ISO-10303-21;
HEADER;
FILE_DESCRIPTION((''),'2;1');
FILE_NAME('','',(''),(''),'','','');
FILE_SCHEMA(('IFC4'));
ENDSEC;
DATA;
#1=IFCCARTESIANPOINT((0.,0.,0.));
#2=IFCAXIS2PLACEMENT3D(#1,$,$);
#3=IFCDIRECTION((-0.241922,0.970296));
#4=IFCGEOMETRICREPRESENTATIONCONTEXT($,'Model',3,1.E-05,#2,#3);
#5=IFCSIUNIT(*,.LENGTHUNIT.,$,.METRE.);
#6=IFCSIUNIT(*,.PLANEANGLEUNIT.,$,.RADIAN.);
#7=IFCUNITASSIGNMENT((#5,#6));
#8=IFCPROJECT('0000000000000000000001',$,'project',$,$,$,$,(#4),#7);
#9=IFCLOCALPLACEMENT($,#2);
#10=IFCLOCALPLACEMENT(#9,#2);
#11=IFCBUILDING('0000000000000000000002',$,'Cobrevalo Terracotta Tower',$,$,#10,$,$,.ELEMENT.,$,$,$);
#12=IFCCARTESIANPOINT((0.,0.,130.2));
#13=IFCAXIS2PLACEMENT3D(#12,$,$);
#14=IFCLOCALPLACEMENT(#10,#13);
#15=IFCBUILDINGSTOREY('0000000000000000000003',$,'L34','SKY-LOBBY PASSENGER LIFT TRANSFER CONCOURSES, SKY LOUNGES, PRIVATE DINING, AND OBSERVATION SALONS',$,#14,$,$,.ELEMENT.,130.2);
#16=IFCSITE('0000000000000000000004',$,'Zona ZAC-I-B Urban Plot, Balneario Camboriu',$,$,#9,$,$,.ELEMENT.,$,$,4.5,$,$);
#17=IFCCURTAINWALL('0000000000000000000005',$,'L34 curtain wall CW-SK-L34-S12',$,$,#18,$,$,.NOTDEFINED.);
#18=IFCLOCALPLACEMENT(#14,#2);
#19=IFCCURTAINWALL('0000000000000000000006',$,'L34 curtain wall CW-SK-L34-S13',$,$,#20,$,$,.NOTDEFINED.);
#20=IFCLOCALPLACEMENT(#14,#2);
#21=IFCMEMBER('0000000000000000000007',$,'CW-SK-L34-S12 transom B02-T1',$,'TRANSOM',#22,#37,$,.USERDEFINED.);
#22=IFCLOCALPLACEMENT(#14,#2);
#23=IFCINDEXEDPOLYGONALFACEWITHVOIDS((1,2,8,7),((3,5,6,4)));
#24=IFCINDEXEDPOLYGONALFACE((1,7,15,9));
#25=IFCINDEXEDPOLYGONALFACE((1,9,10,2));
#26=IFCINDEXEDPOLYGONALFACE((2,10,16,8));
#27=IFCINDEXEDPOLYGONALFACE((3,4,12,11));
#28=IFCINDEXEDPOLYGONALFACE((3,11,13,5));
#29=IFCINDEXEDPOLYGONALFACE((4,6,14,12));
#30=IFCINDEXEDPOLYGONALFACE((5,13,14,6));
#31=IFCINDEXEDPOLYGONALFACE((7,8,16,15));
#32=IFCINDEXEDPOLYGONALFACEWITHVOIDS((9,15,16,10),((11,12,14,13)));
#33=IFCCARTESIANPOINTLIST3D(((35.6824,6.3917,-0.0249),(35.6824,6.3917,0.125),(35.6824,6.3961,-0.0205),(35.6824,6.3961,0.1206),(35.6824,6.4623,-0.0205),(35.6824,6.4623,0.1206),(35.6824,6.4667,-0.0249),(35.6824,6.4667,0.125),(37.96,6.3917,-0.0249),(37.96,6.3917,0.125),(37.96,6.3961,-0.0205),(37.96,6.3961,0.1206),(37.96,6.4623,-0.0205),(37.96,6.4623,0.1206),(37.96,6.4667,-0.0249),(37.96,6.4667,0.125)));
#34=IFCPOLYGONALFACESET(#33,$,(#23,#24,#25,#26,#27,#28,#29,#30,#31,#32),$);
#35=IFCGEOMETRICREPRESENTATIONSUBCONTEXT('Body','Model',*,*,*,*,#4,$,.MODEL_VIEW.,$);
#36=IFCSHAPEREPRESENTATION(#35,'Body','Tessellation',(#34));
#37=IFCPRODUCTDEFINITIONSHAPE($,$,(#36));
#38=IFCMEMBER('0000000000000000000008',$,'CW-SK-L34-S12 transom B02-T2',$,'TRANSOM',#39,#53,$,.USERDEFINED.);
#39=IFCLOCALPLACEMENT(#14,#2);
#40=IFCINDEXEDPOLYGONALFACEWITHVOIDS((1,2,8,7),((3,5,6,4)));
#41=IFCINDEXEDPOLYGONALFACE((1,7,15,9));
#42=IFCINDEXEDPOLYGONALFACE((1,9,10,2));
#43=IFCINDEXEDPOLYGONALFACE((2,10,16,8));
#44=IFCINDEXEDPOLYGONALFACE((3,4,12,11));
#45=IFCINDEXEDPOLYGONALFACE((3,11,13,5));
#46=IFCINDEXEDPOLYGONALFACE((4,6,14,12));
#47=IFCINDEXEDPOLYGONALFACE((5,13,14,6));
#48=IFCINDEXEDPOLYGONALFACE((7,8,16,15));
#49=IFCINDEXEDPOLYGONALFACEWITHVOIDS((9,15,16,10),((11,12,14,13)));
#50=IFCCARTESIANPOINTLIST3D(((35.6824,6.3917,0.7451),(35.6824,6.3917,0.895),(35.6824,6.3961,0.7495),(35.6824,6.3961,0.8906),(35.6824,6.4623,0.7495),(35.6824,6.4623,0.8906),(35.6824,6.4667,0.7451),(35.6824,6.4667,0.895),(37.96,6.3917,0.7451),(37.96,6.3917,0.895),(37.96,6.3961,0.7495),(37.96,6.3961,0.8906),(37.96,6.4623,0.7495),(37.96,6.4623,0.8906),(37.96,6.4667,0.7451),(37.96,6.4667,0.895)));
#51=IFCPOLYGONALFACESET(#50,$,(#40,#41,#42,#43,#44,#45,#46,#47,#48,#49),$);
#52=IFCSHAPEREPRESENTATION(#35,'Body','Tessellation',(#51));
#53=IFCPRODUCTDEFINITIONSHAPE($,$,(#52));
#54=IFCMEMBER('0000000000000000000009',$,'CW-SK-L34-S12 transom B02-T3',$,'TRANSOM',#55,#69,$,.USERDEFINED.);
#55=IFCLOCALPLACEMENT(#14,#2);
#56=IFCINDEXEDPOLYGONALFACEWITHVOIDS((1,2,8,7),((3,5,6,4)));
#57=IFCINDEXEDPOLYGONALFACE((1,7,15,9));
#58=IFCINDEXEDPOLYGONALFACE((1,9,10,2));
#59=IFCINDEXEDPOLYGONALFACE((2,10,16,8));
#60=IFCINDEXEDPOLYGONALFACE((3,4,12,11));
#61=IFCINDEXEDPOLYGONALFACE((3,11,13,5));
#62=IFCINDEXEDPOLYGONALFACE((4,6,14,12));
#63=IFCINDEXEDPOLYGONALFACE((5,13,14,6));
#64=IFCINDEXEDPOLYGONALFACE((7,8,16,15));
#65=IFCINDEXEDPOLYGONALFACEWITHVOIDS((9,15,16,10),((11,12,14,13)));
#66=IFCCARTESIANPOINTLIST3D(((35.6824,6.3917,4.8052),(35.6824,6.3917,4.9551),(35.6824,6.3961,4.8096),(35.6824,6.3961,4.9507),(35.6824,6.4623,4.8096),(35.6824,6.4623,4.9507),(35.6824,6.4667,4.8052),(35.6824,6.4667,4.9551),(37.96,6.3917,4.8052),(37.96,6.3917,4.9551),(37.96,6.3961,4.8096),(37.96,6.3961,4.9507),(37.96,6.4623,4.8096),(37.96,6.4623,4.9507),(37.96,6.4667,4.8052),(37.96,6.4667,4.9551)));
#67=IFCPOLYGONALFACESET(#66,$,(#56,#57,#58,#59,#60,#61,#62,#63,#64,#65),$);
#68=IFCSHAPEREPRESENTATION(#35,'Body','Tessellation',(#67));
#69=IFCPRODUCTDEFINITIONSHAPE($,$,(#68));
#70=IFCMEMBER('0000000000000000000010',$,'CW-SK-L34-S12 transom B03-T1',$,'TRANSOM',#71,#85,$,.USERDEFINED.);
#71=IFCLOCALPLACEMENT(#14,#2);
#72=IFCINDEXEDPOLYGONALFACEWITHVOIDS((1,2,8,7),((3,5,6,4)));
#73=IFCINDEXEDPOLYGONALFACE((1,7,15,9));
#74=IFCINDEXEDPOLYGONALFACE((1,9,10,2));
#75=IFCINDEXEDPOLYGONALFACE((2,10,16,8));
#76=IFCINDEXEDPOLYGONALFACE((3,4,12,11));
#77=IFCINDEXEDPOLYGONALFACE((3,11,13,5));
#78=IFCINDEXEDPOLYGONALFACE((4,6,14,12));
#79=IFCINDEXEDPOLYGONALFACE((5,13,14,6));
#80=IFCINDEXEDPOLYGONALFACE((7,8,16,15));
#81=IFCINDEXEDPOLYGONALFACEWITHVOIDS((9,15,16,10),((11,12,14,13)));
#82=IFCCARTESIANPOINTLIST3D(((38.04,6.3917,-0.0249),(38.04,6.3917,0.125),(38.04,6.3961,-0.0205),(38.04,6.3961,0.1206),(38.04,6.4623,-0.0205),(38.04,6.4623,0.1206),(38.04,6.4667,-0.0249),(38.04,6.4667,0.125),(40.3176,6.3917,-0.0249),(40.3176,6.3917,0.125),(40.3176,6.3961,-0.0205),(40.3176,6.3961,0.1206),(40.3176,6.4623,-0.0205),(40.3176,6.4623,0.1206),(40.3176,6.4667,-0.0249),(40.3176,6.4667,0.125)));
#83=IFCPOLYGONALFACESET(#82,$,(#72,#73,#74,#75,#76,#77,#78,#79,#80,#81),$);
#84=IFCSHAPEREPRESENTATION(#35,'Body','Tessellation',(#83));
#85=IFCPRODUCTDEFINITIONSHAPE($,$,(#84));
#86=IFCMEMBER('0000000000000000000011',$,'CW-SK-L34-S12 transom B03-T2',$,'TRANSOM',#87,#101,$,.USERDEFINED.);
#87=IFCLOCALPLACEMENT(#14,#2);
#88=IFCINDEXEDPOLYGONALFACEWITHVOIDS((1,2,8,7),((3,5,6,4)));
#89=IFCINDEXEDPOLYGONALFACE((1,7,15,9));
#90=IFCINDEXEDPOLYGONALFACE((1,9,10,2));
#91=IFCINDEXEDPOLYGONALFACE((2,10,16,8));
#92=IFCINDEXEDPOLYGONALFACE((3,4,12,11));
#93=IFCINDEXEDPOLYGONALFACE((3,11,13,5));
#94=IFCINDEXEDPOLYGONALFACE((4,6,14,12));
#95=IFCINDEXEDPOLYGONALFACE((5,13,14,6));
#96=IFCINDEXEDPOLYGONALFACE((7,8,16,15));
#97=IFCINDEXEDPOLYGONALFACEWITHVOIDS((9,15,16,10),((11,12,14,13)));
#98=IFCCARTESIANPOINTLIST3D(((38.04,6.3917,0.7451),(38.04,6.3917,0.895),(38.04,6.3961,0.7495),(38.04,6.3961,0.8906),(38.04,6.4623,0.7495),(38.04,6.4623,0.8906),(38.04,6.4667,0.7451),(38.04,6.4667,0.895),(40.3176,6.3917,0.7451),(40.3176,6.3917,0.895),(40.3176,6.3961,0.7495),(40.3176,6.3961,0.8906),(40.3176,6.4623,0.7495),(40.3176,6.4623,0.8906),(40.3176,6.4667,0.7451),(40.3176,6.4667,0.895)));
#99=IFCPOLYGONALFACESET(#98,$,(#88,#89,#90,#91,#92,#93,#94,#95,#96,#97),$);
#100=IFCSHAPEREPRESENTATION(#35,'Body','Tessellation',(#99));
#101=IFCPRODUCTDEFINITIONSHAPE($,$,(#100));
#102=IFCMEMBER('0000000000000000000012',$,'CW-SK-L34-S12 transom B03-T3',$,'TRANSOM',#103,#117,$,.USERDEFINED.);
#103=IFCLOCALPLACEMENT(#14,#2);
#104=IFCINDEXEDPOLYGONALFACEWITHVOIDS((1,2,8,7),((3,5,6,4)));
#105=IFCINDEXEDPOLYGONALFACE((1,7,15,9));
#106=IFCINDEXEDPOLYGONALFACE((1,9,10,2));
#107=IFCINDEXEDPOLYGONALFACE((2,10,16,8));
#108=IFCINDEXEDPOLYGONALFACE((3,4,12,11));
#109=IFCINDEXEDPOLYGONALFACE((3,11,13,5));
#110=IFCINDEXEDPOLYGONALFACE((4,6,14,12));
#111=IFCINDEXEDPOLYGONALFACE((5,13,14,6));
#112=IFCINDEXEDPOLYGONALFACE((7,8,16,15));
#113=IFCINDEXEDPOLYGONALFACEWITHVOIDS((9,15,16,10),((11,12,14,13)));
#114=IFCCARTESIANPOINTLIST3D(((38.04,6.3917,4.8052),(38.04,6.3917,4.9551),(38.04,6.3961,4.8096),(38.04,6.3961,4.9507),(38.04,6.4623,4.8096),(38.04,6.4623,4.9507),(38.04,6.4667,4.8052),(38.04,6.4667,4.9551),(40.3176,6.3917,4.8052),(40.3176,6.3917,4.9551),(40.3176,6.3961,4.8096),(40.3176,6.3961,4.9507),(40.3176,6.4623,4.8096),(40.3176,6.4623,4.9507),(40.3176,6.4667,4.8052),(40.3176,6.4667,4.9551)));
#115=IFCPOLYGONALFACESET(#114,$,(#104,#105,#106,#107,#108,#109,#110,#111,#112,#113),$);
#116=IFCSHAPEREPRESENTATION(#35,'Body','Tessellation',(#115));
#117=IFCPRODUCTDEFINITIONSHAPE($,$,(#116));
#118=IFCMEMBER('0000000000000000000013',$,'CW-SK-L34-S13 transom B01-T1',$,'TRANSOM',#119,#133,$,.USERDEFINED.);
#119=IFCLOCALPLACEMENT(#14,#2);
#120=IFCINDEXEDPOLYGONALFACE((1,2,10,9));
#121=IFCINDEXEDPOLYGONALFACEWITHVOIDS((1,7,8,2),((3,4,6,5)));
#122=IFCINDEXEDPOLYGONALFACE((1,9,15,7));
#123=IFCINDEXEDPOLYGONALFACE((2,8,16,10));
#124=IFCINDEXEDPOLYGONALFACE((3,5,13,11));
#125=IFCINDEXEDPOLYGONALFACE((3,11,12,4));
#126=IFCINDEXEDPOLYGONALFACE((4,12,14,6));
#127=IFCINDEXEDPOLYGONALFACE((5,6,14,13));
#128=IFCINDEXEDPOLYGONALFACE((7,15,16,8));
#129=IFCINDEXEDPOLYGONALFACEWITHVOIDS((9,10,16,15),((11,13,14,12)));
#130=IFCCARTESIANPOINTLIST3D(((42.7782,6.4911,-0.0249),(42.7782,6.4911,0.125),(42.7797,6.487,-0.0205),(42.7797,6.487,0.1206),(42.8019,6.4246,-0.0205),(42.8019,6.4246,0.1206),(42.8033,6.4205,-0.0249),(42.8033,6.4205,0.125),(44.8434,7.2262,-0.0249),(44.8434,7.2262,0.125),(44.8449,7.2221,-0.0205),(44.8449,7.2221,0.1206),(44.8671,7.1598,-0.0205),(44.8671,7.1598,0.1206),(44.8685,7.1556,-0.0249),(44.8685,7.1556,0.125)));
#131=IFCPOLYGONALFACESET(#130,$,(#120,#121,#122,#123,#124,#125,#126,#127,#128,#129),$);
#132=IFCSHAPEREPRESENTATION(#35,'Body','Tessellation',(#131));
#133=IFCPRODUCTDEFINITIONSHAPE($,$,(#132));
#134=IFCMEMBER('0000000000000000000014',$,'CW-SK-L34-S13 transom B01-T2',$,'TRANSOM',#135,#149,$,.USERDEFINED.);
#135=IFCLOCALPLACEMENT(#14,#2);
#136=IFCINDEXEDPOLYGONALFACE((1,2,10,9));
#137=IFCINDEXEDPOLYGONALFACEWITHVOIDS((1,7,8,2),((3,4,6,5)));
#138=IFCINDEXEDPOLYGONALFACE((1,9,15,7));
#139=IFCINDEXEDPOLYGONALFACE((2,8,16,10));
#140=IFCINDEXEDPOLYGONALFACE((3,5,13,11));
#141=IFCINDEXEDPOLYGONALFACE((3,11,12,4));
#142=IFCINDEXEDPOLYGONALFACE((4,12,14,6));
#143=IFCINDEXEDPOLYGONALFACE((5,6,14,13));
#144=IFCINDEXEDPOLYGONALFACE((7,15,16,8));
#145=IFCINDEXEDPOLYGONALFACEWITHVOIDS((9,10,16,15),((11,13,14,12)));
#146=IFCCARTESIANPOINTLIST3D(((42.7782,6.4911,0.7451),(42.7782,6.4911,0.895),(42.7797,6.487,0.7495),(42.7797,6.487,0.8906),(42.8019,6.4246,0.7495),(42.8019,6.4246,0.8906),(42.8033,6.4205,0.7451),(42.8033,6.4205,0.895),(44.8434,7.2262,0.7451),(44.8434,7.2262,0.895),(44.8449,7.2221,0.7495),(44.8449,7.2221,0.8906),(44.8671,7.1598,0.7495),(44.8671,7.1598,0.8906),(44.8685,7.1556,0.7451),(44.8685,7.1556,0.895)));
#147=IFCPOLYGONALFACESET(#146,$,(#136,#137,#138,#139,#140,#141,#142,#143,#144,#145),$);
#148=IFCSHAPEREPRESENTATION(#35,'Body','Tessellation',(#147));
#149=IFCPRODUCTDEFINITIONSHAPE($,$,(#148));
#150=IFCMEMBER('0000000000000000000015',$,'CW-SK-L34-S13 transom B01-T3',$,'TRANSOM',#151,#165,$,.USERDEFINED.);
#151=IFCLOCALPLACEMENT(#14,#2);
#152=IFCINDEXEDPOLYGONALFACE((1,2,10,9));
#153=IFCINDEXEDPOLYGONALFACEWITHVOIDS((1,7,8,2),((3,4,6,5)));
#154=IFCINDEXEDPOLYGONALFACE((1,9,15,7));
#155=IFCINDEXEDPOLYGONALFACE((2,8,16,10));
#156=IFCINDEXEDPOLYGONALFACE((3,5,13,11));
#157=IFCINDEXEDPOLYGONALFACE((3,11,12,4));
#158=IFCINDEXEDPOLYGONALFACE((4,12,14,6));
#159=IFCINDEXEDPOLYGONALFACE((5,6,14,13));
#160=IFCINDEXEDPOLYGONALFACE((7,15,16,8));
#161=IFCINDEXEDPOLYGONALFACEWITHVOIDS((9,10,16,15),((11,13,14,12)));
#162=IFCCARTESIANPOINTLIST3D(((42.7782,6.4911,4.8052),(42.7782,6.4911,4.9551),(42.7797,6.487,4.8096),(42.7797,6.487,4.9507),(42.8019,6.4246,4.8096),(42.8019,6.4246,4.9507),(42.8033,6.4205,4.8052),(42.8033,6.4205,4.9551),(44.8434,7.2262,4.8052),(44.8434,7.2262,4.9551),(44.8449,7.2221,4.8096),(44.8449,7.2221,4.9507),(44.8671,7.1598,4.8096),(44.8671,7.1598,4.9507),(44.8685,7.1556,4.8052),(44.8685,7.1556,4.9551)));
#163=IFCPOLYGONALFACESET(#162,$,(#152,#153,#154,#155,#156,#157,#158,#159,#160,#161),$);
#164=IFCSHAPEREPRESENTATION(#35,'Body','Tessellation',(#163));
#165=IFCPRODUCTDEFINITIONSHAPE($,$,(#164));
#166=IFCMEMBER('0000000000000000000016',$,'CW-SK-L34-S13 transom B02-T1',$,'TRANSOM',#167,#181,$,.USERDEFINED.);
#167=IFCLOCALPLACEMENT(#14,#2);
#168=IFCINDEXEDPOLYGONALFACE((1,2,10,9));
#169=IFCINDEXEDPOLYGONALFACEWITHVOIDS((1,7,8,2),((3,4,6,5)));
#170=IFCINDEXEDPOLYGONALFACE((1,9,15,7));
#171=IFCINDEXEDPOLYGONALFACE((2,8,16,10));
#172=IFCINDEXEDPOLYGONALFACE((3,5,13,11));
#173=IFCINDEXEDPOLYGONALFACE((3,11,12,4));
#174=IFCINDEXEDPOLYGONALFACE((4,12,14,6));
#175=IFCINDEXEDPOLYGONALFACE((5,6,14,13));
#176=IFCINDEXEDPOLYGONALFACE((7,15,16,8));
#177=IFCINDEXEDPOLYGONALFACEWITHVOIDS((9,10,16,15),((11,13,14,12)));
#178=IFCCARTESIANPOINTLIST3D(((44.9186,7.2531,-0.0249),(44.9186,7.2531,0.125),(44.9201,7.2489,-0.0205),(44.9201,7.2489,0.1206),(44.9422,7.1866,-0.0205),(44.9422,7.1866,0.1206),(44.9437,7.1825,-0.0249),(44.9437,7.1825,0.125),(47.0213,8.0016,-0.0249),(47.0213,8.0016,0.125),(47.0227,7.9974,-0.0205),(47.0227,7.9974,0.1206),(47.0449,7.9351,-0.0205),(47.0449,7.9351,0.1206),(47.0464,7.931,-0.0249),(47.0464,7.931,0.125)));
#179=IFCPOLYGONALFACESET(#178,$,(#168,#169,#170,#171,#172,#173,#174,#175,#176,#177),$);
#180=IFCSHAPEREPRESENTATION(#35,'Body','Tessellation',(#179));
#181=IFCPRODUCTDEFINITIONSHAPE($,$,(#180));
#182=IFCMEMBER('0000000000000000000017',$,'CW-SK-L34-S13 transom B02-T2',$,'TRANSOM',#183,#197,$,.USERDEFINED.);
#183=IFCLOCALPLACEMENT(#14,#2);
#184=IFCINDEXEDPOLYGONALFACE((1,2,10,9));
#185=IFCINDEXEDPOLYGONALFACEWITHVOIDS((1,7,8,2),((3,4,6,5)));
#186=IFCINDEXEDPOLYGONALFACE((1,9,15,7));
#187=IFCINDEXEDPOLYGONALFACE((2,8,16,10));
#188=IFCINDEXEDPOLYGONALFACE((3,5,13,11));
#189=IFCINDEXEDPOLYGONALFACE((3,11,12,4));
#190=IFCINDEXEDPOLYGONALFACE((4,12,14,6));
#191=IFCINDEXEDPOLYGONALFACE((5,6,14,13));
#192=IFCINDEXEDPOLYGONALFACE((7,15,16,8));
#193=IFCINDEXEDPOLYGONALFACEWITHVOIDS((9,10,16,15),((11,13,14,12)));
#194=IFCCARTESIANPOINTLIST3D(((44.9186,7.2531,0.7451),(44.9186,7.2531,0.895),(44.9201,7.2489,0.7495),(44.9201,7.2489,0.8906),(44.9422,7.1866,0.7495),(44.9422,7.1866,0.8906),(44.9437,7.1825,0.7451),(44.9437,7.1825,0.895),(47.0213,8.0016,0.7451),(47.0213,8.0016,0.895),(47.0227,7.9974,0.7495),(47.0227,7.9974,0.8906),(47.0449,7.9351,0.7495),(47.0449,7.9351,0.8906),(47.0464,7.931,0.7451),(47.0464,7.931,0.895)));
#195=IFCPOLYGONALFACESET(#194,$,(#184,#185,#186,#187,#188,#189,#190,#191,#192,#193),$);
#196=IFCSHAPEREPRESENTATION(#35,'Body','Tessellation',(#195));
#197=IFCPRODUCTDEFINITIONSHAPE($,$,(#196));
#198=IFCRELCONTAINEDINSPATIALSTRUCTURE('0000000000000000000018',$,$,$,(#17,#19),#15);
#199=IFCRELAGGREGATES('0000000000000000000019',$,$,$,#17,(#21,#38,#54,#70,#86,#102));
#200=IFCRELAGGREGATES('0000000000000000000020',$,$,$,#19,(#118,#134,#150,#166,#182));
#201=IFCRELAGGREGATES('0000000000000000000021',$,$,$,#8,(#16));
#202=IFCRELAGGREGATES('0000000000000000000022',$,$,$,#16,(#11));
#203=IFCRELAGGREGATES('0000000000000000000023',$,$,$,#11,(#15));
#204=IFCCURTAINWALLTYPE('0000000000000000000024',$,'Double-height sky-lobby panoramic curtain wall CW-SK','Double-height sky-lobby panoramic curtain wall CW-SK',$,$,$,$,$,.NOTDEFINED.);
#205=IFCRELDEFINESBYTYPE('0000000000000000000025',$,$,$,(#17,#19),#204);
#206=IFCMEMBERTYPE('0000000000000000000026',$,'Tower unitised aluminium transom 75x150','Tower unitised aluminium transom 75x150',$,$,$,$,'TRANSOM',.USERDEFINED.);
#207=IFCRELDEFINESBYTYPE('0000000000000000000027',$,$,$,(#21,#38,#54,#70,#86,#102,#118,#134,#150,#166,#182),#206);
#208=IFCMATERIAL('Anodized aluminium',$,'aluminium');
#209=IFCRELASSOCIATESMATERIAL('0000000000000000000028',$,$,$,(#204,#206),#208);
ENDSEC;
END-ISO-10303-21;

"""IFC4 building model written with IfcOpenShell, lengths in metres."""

from ifc_helpers import new_model, si_unit, direction, frame, origin, origin_2d, place, context, subcontext, project, spatial, hollow_rectangle, extrude, source, transform, mapped, material, material_profile, profile_set, type_object, element, aggregate, save


model = new_model("IFC4")

# Units and contexts
model_context = context("Model", 3, precision=1e-05, world=origin(), true_north=direction((-0.241922, 0.970296)))
body_context = subcontext(model_context, "Body", "Model", "MODEL_VIEW")
ifc_project = project(units=[si_unit("LENGTHUNIT", "METRE"), si_unit("PLANEANGLEUNIT", "RADIAN")], contexts=[model_context])

# Site, building, storey
site_placement = place(None, origin())
site = spatial("IfcSite", under=ifc_project, at=site_placement, Name="Zona ZAC-I-B Urban Plot, Balneario Camboriu", CompositionType="ELEMENT", RefElevation=4.5)
building_placement = place(site_placement, origin())
building = spatial("IfcBuilding", under=site, at=building_placement, Name="Cobrevalo Terracotta Tower", CompositionType="ELEMENT")
storey_placement = place(building_placement, frame((0.0, 0.0, 130.2)))
storey = spatial("IfcBuildingStorey", under=building, at=storey_placement, Name="L34", Description="SKY-LOBBY PASSENGER LIFT TRANSFER CONCOURSES, SKY LOUNGES, PRIVATE DINING, AND OBSERVATION SALONS", CompositionType="ELEMENT", Elevation=130.2)

# Curtain walls
ifc_material_1 = material(Name="Anodized aluminium", Category="aluminium")
curtain_wall_type = type_object("IfcCurtainWallType", Name="Double-height sky-lobby panoramic curtain wall CW-SK", Description="Double-height sky-lobby panoramic curtain wall CW-SK", PredefinedType="NOTDEFINED", material=ifc_material_1)
curtain_wall_1_placement = place(storey_placement, origin())
curtain_wall_1 = element("IfcCurtainWall", 1, at=curtain_wall_1_placement, inside=storey, type_object=curtain_wall_type, Name="L34 curtain wall CW-SK-L34-S12", PredefinedType="NOTDEFINED")
curtain_wall_2_placement = place(storey_placement, origin())
curtain_wall_2 = element("IfcCurtainWall", 2, at=curtain_wall_2_placement, inside=storey, type_object=curtain_wall_type, Name="L34 curtain wall CW-SK-L34-S13", PredefinedType="NOTDEFINED")

# Members
ifc_material_profile_1 = material_profile(ifc_material_1, hollow_rectangle(XDim=0.075, YDim=0.1499, WallThickness=0.0044, at=origin_2d()), Name="CWT 75x150")
ifc_profile_set_1 = profile_set([ifc_material_profile_1], Name="Anodized aluminium")
member_type_1 = type_object("IfcMemberType", Name="Tower unitised aluminium transom 75x150", Description="Tower unitised aluminium transom 75x150", ElementType="TRANSOM", PredefinedType="USERDEFINED", material=ifc_profile_set_1)
shared_shape_1 = source(origin(), body_context, "Body", "SweptSolid", [
    extrude(hollow_rectangle(XDim=0.075, YDim=0.1499, WallThickness=0.0044, at=origin_2d()), origin(), (0.0, 0.0, 1.0), 2.2776),
])
member_1_placement = place(storey_placement, frame((35.6824, 6.4292, 0.05), z_axis=(1.0, 0.0, 0.0), x_axis=(0.0, 1.0, 0.0)))
member_1 = element("IfcMember", 3, at=member_1_placement, type_object=member_type_1, Name="CW-SK-L34-S12 transom B02-T1", ObjectType="TRANSOM", PredefinedType="USERDEFINED", context=body_context, shape_type="MappedRepresentation", body=[
    mapped(shared_shape_1, transform((0.0, 0.0, 0.0), scale=1.0)),
])
member_2_placement = place(storey_placement, frame((35.6824, 6.4292, 0.8201), z_axis=(1.0, 0.0, 0.0), x_axis=(0.0, 1.0, 0.0)))
member_2 = element("IfcMember", 4, at=member_2_placement, type_object=member_type_1, Name="CW-SK-L34-S12 transom B02-T2", ObjectType="TRANSOM", PredefinedType="USERDEFINED", context=body_context, shape_type="MappedRepresentation", body=[
    mapped(shared_shape_1, transform((0.0, 0.0, 0.0), scale=1.0)),
])
member_3_placement = place(storey_placement, frame((35.6824, 6.4292, 4.8801), z_axis=(1.0, 0.0, 0.0), x_axis=(0.0, 1.0, 0.0)))
member_3 = element("IfcMember", 5, at=member_3_placement, type_object=member_type_1, Name="CW-SK-L34-S12 transom B02-T3", ObjectType="TRANSOM", PredefinedType="USERDEFINED", context=body_context, shape_type="MappedRepresentation", body=[
    mapped(shared_shape_1, transform((0.0, 0.0, 0.0), scale=1.0)),
])
member_4_placement = place(storey_placement, frame((38.04, 6.4292, 0.05), z_axis=(1.0, 0.0, 0.0), x_axis=(0.0, 1.0, 0.0)))
member_4 = element("IfcMember", 6, at=member_4_placement, type_object=member_type_1, Name="CW-SK-L34-S12 transom B03-T1", ObjectType="TRANSOM", PredefinedType="USERDEFINED", context=body_context, shape_type="MappedRepresentation", body=[
    mapped(shared_shape_1, transform((0.0, 0.0, 0.0), scale=1.0)),
])
member_5_placement = place(storey_placement, frame((38.04, 6.4292, 0.8201), z_axis=(1.0, 0.0, 0.0), x_axis=(0.0, 1.0, 0.0)))
member_5 = element("IfcMember", 7, at=member_5_placement, type_object=member_type_1, Name="CW-SK-L34-S12 transom B03-T2", ObjectType="TRANSOM", PredefinedType="USERDEFINED", context=body_context, shape_type="MappedRepresentation", body=[
    mapped(shared_shape_1, transform((0.0, 0.0, 0.0), scale=1.0)),
])
member_6_placement = place(storey_placement, frame((38.04, 6.4292, 4.8801), z_axis=(1.0, 0.0, 0.0), x_axis=(0.0, 1.0, 0.0)))
member_6 = element("IfcMember", 8, at=member_6_placement, type_object=member_type_1, Name="CW-SK-L34-S12 transom B03-T3", ObjectType="TRANSOM", PredefinedType="USERDEFINED", context=body_context, shape_type="MappedRepresentation", body=[
    mapped(shared_shape_1, transform((0.0, 0.0, 0.0), scale=1.0)),
])
shared_shape_2 = source(origin(), body_context, "Body", "SweptSolid", [
    extrude(hollow_rectangle(XDim=0.075, YDim=0.1499, WallThickness=0.0044, at=origin_2d()), origin(), (0.0, 0.0, 1.0), 2.1921),
])
member_7_placement = place(storey_placement, frame((42.7908, 6.4558, 0.05), z_axis=(0.942097, 0.335341, 0.0), x_axis=(-0.335341, 0.942097, 0.0)))
member_7 = element("IfcMember", 9, at=member_7_placement, type_object=member_type_1, Name="CW-SK-L34-S13 transom B01-T1", ObjectType="TRANSOM", PredefinedType="USERDEFINED", context=body_context, shape_type="MappedRepresentation", body=[
    mapped(shared_shape_2, transform((0.0, 0.0, 0.0), scale=1.0)),
])
member_8_placement = place(storey_placement, frame((42.7908, 6.4558, 0.8201), z_axis=(0.942097, 0.335341, 0.0), x_axis=(-0.335341, 0.942097, 0.0)))
member_8 = element("IfcMember", 10, at=member_8_placement, type_object=member_type_1, Name="CW-SK-L34-S13 transom B01-T2", ObjectType="TRANSOM", PredefinedType="USERDEFINED", context=body_context, shape_type="MappedRepresentation", body=[
    mapped(shared_shape_2, transform((0.0, 0.0, 0.0), scale=1.0)),
])
member_9_placement = place(storey_placement, frame((42.7908, 6.4558, 4.8801), z_axis=(0.942097, 0.335341, 0.0), x_axis=(-0.335341, 0.942097, 0.0)))
member_9 = element("IfcMember", 11, at=member_9_placement, type_object=member_type_1, Name="CW-SK-L34-S13 transom B01-T3", ObjectType="TRANSOM", PredefinedType="USERDEFINED", context=body_context, shape_type="MappedRepresentation", body=[
    mapped(shared_shape_2, transform((0.0, 0.0, 0.0), scale=1.0)),
])
shared_shape_3 = source(origin(), body_context, "Body", "SweptSolid", [
    extrude(hollow_rectangle(XDim=0.075, YDim=0.1499, WallThickness=0.0044, at=origin_2d()), origin(), (0.0, 0.0, 1.0), 2.2319),
])
member_10_placement = place(storey_placement, frame((44.9312, 7.2178, 0.05), z_axis=(0.94209, 0.335359, 0.0), x_axis=(-0.335359, 0.94209, 0.0)))
member_10 = element("IfcMember", 12, at=member_10_placement, type_object=member_type_1, Name="CW-SK-L34-S13 transom B02-T1", ObjectType="TRANSOM", PredefinedType="USERDEFINED", context=body_context, shape_type="MappedRepresentation", body=[
    mapped(shared_shape_3, transform((0.0, 0.0, 0.0), scale=1.0)),
])
member_11_placement = place(storey_placement, frame((44.9312, 7.2178, 0.8201), z_axis=(0.94209, 0.335359, 0.0), x_axis=(-0.335359, 0.94209, 0.0)))
member_11 = element("IfcMember", 13, at=member_11_placement, type_object=member_type_1, Name="CW-SK-L34-S13 transom B02-T2", ObjectType="TRANSOM", PredefinedType="USERDEFINED", context=body_context, shape_type="MappedRepresentation", body=[
    mapped(shared_shape_3, transform((0.0, 0.0, 0.0), scale=1.0)),
])

aggregate(curtain_wall_1, [member_1, member_2, member_3, member_4, member_5, member_6])
aggregate(curtain_wall_2, [member_7, member_8, member_9, member_10, member_11])

save(model, "model.ifc")
